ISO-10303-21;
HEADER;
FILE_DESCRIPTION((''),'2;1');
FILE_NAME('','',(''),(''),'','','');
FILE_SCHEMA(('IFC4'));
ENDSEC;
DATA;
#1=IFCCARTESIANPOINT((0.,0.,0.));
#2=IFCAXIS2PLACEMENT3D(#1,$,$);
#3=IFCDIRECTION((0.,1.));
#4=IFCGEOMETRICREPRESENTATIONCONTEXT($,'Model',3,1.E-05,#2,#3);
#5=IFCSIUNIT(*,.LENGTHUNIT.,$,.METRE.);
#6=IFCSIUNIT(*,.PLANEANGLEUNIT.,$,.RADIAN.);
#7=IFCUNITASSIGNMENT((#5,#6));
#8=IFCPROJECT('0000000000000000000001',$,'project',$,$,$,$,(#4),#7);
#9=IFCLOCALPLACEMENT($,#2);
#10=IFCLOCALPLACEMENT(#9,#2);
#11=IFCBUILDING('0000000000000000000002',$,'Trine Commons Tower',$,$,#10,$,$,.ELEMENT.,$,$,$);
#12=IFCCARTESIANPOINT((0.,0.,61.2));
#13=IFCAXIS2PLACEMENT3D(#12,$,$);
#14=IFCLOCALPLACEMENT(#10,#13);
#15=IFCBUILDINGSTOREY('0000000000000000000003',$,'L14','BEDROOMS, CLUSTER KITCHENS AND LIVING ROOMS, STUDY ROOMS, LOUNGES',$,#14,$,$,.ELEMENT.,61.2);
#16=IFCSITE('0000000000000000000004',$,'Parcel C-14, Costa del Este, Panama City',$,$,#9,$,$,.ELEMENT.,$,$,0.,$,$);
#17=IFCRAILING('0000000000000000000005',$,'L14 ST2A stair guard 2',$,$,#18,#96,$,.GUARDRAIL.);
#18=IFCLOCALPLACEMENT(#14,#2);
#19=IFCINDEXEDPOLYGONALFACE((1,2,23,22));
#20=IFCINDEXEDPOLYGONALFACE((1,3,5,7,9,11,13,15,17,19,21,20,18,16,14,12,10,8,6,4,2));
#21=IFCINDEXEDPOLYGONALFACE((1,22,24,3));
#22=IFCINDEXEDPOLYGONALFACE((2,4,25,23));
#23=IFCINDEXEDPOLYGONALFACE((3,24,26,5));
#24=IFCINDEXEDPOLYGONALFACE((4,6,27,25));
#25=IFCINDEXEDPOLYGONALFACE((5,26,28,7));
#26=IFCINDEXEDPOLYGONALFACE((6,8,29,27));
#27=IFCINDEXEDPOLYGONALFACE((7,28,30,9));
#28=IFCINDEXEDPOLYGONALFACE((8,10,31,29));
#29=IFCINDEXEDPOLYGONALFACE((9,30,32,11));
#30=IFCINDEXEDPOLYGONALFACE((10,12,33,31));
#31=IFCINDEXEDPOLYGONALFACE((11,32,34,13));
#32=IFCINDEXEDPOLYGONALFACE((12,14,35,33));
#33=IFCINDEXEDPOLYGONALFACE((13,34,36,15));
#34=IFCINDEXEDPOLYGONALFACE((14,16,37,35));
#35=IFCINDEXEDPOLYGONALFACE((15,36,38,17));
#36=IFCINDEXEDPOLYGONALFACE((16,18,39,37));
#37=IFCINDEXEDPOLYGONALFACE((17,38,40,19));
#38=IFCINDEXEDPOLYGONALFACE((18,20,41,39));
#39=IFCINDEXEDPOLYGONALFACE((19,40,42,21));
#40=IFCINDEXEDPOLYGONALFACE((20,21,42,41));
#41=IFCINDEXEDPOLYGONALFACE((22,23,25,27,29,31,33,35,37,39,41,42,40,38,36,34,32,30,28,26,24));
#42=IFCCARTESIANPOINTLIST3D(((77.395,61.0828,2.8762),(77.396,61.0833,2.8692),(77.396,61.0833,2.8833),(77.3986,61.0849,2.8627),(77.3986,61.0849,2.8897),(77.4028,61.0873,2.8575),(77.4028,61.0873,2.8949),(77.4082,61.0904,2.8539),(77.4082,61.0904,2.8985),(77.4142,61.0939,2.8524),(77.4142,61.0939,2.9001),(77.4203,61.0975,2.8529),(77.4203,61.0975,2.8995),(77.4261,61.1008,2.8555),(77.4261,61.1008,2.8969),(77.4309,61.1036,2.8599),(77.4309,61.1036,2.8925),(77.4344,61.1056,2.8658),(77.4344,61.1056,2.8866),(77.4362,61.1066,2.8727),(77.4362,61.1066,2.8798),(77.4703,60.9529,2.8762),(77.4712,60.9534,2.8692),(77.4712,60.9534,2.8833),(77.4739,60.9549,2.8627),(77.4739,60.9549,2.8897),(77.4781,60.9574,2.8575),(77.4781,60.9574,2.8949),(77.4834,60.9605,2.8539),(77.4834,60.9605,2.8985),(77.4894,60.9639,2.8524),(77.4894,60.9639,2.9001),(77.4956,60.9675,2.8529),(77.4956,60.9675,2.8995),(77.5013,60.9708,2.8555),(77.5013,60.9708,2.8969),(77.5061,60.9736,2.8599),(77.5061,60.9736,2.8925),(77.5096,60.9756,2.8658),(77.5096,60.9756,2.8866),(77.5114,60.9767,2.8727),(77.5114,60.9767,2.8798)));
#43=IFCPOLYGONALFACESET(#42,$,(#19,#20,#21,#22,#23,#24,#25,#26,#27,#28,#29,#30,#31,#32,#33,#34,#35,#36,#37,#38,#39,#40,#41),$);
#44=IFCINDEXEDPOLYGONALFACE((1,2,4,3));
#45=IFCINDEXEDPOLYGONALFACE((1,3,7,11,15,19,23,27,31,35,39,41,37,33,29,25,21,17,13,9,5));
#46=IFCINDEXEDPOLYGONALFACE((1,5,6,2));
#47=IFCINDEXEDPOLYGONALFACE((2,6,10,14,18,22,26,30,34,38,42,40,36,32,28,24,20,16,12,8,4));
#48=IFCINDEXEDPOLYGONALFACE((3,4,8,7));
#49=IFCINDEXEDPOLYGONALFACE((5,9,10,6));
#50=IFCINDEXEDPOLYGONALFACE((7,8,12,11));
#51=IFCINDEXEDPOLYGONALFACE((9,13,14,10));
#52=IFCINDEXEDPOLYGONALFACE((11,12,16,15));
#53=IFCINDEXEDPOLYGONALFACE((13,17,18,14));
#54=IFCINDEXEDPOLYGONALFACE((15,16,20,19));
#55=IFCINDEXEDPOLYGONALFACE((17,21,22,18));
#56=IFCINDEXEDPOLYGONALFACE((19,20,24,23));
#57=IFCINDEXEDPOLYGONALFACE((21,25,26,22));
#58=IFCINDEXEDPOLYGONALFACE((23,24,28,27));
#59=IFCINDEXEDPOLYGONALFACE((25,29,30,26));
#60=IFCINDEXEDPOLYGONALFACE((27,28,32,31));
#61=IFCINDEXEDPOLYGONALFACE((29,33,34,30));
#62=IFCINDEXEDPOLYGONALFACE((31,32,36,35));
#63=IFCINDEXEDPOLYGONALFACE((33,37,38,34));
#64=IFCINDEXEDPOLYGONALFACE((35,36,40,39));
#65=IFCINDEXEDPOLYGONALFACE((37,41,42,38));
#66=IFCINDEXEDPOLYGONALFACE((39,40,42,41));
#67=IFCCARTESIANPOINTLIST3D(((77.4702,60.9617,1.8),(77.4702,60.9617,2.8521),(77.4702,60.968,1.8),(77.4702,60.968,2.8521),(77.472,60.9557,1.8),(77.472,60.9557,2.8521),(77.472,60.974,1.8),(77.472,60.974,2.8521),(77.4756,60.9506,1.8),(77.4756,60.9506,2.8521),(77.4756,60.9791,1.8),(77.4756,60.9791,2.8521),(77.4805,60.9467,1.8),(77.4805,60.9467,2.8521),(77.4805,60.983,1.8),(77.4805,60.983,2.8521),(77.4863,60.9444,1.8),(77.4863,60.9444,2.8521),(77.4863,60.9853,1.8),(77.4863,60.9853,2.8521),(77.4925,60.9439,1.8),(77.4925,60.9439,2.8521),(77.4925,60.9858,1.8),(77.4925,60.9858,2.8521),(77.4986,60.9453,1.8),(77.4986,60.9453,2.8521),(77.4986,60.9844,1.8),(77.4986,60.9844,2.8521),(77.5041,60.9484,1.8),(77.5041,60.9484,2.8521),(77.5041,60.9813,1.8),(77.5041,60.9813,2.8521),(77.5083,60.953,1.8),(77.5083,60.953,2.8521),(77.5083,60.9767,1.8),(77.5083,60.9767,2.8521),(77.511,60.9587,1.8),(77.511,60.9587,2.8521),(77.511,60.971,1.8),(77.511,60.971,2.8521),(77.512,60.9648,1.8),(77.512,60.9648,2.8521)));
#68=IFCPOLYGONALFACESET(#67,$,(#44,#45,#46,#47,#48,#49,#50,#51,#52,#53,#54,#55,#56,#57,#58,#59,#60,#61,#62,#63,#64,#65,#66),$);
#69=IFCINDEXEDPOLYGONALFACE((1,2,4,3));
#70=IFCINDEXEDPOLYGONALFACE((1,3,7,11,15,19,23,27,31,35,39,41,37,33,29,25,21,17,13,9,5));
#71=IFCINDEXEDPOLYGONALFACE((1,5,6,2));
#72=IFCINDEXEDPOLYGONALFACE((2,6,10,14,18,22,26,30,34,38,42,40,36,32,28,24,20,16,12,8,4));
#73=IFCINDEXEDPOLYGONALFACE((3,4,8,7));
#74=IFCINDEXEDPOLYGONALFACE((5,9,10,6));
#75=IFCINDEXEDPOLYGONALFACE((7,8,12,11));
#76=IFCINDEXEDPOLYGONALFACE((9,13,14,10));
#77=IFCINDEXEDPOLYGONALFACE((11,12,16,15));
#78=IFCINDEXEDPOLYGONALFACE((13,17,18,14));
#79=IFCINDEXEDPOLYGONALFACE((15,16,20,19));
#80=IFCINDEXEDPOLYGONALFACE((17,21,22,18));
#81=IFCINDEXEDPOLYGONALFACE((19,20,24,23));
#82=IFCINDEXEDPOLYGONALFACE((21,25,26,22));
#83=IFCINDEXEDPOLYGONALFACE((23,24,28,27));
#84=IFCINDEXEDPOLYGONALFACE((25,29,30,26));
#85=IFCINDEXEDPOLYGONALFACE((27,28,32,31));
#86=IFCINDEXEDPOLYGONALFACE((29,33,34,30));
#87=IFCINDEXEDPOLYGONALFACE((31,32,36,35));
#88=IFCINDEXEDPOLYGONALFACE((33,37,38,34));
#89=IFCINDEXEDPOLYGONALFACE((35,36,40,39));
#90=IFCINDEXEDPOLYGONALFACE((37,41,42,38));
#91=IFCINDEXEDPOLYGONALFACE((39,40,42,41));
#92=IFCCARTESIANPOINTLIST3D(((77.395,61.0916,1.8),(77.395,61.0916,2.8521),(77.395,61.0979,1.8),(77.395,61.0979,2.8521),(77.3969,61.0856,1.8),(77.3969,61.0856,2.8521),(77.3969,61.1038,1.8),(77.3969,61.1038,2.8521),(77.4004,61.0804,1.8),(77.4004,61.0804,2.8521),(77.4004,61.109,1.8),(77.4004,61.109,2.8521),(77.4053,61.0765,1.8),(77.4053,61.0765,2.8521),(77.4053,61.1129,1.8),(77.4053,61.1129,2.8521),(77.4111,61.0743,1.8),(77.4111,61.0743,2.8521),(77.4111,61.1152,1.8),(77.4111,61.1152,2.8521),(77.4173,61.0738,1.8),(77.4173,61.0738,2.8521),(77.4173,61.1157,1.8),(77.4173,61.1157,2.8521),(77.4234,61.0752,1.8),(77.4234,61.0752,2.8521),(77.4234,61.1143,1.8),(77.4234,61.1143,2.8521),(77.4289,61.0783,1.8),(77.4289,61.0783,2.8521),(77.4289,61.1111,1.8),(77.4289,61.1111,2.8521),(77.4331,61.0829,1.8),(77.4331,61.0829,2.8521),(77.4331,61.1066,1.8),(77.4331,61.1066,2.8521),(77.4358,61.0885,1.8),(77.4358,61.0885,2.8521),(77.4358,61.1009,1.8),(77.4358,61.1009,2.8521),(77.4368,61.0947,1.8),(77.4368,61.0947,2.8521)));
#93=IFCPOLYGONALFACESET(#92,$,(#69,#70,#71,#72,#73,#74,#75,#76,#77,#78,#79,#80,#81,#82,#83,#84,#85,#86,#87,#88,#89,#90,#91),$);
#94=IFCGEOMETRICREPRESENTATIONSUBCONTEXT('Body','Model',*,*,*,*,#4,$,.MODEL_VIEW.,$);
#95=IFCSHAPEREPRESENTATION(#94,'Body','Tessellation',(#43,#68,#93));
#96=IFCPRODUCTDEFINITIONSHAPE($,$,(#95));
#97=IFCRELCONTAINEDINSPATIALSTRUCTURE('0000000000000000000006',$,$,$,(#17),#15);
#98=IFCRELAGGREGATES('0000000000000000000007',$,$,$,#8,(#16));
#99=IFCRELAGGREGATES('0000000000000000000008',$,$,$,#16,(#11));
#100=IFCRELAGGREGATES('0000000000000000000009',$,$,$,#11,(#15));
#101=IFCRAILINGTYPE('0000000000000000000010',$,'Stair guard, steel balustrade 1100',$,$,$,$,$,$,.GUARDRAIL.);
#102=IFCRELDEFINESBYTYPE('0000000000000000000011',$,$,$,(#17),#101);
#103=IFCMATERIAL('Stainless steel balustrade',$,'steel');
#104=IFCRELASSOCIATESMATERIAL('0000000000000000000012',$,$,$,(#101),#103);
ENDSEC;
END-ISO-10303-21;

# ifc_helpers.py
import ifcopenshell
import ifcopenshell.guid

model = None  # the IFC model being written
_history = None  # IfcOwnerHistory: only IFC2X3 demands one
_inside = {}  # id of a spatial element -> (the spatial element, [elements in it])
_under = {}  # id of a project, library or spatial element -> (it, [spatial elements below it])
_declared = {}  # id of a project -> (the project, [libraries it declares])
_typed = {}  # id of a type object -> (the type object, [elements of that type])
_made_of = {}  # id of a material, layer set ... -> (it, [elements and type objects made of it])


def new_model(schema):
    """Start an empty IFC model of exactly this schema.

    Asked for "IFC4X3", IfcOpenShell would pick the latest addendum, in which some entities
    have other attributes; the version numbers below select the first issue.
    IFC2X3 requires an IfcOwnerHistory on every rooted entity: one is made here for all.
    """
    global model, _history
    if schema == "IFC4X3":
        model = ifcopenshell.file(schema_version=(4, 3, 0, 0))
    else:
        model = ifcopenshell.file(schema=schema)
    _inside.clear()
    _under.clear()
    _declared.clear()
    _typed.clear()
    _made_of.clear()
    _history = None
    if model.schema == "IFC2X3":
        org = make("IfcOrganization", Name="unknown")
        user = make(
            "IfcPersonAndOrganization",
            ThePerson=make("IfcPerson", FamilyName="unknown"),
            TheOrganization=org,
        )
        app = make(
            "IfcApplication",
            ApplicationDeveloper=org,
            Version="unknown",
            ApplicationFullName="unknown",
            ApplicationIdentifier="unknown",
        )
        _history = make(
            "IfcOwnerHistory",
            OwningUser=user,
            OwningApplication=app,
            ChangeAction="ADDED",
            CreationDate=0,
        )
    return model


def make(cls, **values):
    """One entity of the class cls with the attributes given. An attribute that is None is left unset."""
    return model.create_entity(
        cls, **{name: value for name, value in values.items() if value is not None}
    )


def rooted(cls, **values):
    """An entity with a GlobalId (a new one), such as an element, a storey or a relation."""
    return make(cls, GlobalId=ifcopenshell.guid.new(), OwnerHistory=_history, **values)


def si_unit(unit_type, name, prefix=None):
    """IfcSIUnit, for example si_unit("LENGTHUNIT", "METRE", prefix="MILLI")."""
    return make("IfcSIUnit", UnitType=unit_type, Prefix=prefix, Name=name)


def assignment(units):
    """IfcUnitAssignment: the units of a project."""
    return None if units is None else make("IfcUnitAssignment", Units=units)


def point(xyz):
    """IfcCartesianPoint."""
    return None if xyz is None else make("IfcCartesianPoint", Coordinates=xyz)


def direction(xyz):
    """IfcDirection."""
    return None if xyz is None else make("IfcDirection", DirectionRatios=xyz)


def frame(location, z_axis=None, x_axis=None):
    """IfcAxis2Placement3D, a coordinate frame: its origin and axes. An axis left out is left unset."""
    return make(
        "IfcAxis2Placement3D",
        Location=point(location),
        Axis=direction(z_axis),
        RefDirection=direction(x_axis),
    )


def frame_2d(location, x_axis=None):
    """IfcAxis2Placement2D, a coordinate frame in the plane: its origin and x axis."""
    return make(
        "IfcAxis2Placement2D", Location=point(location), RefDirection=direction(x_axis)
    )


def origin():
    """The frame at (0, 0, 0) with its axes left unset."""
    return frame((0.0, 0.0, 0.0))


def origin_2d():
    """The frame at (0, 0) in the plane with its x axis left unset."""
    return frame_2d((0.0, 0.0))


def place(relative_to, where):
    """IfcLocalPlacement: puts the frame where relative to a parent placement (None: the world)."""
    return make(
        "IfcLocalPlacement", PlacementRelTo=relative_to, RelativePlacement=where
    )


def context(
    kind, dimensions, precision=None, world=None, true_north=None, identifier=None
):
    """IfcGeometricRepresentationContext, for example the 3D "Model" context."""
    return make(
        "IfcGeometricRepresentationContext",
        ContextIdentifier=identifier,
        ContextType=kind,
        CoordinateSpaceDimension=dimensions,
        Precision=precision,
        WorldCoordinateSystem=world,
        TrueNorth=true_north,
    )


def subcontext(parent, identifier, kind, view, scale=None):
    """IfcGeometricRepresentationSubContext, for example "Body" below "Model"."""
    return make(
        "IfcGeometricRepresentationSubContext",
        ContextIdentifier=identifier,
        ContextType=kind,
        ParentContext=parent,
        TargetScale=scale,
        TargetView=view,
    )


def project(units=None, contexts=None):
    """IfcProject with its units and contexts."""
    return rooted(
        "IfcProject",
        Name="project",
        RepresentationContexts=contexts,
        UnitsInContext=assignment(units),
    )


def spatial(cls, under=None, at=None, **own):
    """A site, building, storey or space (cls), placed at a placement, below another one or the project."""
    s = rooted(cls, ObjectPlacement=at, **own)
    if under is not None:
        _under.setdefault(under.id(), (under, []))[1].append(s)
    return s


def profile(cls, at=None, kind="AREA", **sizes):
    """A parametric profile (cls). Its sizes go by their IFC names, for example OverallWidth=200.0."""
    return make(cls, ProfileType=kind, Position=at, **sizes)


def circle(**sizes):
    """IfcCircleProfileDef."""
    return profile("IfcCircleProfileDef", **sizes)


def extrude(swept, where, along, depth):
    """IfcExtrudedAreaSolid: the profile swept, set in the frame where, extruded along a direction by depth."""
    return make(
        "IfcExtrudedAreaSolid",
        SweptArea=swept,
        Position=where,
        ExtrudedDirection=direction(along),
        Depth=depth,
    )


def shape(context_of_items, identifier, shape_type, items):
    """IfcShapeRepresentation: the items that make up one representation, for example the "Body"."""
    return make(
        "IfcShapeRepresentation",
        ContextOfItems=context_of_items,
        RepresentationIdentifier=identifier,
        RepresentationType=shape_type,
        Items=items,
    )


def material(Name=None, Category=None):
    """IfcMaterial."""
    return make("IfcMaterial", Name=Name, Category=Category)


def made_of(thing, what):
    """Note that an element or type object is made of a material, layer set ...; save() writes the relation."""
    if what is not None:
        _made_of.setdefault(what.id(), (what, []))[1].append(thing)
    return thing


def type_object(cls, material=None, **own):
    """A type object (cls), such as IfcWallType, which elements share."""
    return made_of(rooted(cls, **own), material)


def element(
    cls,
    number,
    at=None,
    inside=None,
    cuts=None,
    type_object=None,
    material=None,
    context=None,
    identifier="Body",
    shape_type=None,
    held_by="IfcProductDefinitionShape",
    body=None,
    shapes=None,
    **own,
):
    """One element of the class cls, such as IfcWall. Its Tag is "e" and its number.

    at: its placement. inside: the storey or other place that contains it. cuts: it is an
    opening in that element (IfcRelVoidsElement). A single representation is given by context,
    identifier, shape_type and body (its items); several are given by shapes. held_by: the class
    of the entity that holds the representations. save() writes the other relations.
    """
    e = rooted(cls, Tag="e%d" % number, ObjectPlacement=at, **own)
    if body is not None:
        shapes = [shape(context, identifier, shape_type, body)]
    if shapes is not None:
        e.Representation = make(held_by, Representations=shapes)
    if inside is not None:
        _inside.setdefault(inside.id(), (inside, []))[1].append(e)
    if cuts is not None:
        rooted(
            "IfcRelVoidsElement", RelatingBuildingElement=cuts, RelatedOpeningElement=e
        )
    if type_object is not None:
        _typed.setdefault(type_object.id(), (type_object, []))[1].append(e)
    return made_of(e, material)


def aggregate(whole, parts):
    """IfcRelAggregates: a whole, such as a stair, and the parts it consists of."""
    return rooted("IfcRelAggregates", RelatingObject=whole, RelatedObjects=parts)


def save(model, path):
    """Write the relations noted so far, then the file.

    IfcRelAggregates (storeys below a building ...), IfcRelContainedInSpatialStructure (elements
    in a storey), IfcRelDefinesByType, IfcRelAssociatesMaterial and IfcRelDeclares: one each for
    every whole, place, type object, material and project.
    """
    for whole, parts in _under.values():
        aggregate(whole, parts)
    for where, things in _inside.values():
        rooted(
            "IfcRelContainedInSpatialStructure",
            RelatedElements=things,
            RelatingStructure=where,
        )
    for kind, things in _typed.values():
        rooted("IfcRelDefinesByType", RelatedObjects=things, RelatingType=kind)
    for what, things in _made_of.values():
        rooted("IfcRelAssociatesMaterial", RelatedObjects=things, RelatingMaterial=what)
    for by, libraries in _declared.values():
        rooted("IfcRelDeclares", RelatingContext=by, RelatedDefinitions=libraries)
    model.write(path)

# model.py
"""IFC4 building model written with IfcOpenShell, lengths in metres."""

from ifc_helpers import new_model, si_unit, direction, frame, origin, origin_2d, place, context, subcontext, project, spatial, circle, extrude, material, type_object, element, save


model = new_model("IFC4")

# Units and contexts
model_context = context("Model", 3, precision=1e-05, world=origin(), true_north=direction((0.0, 1.0)))
body_context = subcontext(model_context, "Body", "Model", "MODEL_VIEW")
ifc_project = project(units=[si_unit("LENGTHUNIT", "METRE"), si_unit("PLANEANGLEUNIT", "RADIAN")], contexts=[model_context])

# Site, building, storey
site_placement = place(None, origin())
site = spatial("IfcSite", under=ifc_project, at=site_placement, Name="Parcel C-14, Costa del Este, Panama City", CompositionType="ELEMENT", RefElevation=0.0)
building_placement = place(site_placement, origin())
building = spatial("IfcBuilding", under=site, at=building_placement, Name="Trine Commons Tower", CompositionType="ELEMENT")
storey_placement = place(building_placement, frame((0.0, 0.0, 61.2)))
storey = spatial("IfcBuildingStorey", under=building, at=storey_placement, Name="L14", Description="BEDROOMS, CLUSTER KITCHENS AND LIVING ROOMS, STUDY ROOMS, LOUNGES", CompositionType="ELEMENT", Elevation=61.2)

# Railing
ifc_material_1 = material(Name="Stainless steel balustrade", Category="steel")
railing_type_1 = type_object("IfcRailingType", Name="Stair guard, steel balustrade 1100", PredefinedType="GUARDRAIL", material=ifc_material_1)
railing_1_placement = place(storey_placement, frame((77.491, 60.9648, 1.8)))
element("IfcRailing", 1, at=railing_1_placement, inside=storey, type_object=railing_type_1, Name="L14 ST2A stair guard 2", PredefinedType="GUARDRAIL", context=body_context, shape_type="SweptSolid", body=[
    extrude(circle(Radius=0.0239, at=origin_2d()), frame((0.0, 0.0, 1.0762), z_axis=(-0.501036, 0.865426, 0.0), x_axis=(-0.865426, -0.501036, 0.0)), (0.0, 0.0, 1.0), 0.1501),
    extrude(circle(Radius=0.021, at=origin_2d()), origin(), (0.0, 0.0, 1.0), 1.052),
    extrude(circle(Radius=0.021, at=origin_2d()), frame((-0.0752, 0.1299, 0.0)), (0.0, 0.0, 1.0), 1.052),
])

save(model, "model.ifc")
